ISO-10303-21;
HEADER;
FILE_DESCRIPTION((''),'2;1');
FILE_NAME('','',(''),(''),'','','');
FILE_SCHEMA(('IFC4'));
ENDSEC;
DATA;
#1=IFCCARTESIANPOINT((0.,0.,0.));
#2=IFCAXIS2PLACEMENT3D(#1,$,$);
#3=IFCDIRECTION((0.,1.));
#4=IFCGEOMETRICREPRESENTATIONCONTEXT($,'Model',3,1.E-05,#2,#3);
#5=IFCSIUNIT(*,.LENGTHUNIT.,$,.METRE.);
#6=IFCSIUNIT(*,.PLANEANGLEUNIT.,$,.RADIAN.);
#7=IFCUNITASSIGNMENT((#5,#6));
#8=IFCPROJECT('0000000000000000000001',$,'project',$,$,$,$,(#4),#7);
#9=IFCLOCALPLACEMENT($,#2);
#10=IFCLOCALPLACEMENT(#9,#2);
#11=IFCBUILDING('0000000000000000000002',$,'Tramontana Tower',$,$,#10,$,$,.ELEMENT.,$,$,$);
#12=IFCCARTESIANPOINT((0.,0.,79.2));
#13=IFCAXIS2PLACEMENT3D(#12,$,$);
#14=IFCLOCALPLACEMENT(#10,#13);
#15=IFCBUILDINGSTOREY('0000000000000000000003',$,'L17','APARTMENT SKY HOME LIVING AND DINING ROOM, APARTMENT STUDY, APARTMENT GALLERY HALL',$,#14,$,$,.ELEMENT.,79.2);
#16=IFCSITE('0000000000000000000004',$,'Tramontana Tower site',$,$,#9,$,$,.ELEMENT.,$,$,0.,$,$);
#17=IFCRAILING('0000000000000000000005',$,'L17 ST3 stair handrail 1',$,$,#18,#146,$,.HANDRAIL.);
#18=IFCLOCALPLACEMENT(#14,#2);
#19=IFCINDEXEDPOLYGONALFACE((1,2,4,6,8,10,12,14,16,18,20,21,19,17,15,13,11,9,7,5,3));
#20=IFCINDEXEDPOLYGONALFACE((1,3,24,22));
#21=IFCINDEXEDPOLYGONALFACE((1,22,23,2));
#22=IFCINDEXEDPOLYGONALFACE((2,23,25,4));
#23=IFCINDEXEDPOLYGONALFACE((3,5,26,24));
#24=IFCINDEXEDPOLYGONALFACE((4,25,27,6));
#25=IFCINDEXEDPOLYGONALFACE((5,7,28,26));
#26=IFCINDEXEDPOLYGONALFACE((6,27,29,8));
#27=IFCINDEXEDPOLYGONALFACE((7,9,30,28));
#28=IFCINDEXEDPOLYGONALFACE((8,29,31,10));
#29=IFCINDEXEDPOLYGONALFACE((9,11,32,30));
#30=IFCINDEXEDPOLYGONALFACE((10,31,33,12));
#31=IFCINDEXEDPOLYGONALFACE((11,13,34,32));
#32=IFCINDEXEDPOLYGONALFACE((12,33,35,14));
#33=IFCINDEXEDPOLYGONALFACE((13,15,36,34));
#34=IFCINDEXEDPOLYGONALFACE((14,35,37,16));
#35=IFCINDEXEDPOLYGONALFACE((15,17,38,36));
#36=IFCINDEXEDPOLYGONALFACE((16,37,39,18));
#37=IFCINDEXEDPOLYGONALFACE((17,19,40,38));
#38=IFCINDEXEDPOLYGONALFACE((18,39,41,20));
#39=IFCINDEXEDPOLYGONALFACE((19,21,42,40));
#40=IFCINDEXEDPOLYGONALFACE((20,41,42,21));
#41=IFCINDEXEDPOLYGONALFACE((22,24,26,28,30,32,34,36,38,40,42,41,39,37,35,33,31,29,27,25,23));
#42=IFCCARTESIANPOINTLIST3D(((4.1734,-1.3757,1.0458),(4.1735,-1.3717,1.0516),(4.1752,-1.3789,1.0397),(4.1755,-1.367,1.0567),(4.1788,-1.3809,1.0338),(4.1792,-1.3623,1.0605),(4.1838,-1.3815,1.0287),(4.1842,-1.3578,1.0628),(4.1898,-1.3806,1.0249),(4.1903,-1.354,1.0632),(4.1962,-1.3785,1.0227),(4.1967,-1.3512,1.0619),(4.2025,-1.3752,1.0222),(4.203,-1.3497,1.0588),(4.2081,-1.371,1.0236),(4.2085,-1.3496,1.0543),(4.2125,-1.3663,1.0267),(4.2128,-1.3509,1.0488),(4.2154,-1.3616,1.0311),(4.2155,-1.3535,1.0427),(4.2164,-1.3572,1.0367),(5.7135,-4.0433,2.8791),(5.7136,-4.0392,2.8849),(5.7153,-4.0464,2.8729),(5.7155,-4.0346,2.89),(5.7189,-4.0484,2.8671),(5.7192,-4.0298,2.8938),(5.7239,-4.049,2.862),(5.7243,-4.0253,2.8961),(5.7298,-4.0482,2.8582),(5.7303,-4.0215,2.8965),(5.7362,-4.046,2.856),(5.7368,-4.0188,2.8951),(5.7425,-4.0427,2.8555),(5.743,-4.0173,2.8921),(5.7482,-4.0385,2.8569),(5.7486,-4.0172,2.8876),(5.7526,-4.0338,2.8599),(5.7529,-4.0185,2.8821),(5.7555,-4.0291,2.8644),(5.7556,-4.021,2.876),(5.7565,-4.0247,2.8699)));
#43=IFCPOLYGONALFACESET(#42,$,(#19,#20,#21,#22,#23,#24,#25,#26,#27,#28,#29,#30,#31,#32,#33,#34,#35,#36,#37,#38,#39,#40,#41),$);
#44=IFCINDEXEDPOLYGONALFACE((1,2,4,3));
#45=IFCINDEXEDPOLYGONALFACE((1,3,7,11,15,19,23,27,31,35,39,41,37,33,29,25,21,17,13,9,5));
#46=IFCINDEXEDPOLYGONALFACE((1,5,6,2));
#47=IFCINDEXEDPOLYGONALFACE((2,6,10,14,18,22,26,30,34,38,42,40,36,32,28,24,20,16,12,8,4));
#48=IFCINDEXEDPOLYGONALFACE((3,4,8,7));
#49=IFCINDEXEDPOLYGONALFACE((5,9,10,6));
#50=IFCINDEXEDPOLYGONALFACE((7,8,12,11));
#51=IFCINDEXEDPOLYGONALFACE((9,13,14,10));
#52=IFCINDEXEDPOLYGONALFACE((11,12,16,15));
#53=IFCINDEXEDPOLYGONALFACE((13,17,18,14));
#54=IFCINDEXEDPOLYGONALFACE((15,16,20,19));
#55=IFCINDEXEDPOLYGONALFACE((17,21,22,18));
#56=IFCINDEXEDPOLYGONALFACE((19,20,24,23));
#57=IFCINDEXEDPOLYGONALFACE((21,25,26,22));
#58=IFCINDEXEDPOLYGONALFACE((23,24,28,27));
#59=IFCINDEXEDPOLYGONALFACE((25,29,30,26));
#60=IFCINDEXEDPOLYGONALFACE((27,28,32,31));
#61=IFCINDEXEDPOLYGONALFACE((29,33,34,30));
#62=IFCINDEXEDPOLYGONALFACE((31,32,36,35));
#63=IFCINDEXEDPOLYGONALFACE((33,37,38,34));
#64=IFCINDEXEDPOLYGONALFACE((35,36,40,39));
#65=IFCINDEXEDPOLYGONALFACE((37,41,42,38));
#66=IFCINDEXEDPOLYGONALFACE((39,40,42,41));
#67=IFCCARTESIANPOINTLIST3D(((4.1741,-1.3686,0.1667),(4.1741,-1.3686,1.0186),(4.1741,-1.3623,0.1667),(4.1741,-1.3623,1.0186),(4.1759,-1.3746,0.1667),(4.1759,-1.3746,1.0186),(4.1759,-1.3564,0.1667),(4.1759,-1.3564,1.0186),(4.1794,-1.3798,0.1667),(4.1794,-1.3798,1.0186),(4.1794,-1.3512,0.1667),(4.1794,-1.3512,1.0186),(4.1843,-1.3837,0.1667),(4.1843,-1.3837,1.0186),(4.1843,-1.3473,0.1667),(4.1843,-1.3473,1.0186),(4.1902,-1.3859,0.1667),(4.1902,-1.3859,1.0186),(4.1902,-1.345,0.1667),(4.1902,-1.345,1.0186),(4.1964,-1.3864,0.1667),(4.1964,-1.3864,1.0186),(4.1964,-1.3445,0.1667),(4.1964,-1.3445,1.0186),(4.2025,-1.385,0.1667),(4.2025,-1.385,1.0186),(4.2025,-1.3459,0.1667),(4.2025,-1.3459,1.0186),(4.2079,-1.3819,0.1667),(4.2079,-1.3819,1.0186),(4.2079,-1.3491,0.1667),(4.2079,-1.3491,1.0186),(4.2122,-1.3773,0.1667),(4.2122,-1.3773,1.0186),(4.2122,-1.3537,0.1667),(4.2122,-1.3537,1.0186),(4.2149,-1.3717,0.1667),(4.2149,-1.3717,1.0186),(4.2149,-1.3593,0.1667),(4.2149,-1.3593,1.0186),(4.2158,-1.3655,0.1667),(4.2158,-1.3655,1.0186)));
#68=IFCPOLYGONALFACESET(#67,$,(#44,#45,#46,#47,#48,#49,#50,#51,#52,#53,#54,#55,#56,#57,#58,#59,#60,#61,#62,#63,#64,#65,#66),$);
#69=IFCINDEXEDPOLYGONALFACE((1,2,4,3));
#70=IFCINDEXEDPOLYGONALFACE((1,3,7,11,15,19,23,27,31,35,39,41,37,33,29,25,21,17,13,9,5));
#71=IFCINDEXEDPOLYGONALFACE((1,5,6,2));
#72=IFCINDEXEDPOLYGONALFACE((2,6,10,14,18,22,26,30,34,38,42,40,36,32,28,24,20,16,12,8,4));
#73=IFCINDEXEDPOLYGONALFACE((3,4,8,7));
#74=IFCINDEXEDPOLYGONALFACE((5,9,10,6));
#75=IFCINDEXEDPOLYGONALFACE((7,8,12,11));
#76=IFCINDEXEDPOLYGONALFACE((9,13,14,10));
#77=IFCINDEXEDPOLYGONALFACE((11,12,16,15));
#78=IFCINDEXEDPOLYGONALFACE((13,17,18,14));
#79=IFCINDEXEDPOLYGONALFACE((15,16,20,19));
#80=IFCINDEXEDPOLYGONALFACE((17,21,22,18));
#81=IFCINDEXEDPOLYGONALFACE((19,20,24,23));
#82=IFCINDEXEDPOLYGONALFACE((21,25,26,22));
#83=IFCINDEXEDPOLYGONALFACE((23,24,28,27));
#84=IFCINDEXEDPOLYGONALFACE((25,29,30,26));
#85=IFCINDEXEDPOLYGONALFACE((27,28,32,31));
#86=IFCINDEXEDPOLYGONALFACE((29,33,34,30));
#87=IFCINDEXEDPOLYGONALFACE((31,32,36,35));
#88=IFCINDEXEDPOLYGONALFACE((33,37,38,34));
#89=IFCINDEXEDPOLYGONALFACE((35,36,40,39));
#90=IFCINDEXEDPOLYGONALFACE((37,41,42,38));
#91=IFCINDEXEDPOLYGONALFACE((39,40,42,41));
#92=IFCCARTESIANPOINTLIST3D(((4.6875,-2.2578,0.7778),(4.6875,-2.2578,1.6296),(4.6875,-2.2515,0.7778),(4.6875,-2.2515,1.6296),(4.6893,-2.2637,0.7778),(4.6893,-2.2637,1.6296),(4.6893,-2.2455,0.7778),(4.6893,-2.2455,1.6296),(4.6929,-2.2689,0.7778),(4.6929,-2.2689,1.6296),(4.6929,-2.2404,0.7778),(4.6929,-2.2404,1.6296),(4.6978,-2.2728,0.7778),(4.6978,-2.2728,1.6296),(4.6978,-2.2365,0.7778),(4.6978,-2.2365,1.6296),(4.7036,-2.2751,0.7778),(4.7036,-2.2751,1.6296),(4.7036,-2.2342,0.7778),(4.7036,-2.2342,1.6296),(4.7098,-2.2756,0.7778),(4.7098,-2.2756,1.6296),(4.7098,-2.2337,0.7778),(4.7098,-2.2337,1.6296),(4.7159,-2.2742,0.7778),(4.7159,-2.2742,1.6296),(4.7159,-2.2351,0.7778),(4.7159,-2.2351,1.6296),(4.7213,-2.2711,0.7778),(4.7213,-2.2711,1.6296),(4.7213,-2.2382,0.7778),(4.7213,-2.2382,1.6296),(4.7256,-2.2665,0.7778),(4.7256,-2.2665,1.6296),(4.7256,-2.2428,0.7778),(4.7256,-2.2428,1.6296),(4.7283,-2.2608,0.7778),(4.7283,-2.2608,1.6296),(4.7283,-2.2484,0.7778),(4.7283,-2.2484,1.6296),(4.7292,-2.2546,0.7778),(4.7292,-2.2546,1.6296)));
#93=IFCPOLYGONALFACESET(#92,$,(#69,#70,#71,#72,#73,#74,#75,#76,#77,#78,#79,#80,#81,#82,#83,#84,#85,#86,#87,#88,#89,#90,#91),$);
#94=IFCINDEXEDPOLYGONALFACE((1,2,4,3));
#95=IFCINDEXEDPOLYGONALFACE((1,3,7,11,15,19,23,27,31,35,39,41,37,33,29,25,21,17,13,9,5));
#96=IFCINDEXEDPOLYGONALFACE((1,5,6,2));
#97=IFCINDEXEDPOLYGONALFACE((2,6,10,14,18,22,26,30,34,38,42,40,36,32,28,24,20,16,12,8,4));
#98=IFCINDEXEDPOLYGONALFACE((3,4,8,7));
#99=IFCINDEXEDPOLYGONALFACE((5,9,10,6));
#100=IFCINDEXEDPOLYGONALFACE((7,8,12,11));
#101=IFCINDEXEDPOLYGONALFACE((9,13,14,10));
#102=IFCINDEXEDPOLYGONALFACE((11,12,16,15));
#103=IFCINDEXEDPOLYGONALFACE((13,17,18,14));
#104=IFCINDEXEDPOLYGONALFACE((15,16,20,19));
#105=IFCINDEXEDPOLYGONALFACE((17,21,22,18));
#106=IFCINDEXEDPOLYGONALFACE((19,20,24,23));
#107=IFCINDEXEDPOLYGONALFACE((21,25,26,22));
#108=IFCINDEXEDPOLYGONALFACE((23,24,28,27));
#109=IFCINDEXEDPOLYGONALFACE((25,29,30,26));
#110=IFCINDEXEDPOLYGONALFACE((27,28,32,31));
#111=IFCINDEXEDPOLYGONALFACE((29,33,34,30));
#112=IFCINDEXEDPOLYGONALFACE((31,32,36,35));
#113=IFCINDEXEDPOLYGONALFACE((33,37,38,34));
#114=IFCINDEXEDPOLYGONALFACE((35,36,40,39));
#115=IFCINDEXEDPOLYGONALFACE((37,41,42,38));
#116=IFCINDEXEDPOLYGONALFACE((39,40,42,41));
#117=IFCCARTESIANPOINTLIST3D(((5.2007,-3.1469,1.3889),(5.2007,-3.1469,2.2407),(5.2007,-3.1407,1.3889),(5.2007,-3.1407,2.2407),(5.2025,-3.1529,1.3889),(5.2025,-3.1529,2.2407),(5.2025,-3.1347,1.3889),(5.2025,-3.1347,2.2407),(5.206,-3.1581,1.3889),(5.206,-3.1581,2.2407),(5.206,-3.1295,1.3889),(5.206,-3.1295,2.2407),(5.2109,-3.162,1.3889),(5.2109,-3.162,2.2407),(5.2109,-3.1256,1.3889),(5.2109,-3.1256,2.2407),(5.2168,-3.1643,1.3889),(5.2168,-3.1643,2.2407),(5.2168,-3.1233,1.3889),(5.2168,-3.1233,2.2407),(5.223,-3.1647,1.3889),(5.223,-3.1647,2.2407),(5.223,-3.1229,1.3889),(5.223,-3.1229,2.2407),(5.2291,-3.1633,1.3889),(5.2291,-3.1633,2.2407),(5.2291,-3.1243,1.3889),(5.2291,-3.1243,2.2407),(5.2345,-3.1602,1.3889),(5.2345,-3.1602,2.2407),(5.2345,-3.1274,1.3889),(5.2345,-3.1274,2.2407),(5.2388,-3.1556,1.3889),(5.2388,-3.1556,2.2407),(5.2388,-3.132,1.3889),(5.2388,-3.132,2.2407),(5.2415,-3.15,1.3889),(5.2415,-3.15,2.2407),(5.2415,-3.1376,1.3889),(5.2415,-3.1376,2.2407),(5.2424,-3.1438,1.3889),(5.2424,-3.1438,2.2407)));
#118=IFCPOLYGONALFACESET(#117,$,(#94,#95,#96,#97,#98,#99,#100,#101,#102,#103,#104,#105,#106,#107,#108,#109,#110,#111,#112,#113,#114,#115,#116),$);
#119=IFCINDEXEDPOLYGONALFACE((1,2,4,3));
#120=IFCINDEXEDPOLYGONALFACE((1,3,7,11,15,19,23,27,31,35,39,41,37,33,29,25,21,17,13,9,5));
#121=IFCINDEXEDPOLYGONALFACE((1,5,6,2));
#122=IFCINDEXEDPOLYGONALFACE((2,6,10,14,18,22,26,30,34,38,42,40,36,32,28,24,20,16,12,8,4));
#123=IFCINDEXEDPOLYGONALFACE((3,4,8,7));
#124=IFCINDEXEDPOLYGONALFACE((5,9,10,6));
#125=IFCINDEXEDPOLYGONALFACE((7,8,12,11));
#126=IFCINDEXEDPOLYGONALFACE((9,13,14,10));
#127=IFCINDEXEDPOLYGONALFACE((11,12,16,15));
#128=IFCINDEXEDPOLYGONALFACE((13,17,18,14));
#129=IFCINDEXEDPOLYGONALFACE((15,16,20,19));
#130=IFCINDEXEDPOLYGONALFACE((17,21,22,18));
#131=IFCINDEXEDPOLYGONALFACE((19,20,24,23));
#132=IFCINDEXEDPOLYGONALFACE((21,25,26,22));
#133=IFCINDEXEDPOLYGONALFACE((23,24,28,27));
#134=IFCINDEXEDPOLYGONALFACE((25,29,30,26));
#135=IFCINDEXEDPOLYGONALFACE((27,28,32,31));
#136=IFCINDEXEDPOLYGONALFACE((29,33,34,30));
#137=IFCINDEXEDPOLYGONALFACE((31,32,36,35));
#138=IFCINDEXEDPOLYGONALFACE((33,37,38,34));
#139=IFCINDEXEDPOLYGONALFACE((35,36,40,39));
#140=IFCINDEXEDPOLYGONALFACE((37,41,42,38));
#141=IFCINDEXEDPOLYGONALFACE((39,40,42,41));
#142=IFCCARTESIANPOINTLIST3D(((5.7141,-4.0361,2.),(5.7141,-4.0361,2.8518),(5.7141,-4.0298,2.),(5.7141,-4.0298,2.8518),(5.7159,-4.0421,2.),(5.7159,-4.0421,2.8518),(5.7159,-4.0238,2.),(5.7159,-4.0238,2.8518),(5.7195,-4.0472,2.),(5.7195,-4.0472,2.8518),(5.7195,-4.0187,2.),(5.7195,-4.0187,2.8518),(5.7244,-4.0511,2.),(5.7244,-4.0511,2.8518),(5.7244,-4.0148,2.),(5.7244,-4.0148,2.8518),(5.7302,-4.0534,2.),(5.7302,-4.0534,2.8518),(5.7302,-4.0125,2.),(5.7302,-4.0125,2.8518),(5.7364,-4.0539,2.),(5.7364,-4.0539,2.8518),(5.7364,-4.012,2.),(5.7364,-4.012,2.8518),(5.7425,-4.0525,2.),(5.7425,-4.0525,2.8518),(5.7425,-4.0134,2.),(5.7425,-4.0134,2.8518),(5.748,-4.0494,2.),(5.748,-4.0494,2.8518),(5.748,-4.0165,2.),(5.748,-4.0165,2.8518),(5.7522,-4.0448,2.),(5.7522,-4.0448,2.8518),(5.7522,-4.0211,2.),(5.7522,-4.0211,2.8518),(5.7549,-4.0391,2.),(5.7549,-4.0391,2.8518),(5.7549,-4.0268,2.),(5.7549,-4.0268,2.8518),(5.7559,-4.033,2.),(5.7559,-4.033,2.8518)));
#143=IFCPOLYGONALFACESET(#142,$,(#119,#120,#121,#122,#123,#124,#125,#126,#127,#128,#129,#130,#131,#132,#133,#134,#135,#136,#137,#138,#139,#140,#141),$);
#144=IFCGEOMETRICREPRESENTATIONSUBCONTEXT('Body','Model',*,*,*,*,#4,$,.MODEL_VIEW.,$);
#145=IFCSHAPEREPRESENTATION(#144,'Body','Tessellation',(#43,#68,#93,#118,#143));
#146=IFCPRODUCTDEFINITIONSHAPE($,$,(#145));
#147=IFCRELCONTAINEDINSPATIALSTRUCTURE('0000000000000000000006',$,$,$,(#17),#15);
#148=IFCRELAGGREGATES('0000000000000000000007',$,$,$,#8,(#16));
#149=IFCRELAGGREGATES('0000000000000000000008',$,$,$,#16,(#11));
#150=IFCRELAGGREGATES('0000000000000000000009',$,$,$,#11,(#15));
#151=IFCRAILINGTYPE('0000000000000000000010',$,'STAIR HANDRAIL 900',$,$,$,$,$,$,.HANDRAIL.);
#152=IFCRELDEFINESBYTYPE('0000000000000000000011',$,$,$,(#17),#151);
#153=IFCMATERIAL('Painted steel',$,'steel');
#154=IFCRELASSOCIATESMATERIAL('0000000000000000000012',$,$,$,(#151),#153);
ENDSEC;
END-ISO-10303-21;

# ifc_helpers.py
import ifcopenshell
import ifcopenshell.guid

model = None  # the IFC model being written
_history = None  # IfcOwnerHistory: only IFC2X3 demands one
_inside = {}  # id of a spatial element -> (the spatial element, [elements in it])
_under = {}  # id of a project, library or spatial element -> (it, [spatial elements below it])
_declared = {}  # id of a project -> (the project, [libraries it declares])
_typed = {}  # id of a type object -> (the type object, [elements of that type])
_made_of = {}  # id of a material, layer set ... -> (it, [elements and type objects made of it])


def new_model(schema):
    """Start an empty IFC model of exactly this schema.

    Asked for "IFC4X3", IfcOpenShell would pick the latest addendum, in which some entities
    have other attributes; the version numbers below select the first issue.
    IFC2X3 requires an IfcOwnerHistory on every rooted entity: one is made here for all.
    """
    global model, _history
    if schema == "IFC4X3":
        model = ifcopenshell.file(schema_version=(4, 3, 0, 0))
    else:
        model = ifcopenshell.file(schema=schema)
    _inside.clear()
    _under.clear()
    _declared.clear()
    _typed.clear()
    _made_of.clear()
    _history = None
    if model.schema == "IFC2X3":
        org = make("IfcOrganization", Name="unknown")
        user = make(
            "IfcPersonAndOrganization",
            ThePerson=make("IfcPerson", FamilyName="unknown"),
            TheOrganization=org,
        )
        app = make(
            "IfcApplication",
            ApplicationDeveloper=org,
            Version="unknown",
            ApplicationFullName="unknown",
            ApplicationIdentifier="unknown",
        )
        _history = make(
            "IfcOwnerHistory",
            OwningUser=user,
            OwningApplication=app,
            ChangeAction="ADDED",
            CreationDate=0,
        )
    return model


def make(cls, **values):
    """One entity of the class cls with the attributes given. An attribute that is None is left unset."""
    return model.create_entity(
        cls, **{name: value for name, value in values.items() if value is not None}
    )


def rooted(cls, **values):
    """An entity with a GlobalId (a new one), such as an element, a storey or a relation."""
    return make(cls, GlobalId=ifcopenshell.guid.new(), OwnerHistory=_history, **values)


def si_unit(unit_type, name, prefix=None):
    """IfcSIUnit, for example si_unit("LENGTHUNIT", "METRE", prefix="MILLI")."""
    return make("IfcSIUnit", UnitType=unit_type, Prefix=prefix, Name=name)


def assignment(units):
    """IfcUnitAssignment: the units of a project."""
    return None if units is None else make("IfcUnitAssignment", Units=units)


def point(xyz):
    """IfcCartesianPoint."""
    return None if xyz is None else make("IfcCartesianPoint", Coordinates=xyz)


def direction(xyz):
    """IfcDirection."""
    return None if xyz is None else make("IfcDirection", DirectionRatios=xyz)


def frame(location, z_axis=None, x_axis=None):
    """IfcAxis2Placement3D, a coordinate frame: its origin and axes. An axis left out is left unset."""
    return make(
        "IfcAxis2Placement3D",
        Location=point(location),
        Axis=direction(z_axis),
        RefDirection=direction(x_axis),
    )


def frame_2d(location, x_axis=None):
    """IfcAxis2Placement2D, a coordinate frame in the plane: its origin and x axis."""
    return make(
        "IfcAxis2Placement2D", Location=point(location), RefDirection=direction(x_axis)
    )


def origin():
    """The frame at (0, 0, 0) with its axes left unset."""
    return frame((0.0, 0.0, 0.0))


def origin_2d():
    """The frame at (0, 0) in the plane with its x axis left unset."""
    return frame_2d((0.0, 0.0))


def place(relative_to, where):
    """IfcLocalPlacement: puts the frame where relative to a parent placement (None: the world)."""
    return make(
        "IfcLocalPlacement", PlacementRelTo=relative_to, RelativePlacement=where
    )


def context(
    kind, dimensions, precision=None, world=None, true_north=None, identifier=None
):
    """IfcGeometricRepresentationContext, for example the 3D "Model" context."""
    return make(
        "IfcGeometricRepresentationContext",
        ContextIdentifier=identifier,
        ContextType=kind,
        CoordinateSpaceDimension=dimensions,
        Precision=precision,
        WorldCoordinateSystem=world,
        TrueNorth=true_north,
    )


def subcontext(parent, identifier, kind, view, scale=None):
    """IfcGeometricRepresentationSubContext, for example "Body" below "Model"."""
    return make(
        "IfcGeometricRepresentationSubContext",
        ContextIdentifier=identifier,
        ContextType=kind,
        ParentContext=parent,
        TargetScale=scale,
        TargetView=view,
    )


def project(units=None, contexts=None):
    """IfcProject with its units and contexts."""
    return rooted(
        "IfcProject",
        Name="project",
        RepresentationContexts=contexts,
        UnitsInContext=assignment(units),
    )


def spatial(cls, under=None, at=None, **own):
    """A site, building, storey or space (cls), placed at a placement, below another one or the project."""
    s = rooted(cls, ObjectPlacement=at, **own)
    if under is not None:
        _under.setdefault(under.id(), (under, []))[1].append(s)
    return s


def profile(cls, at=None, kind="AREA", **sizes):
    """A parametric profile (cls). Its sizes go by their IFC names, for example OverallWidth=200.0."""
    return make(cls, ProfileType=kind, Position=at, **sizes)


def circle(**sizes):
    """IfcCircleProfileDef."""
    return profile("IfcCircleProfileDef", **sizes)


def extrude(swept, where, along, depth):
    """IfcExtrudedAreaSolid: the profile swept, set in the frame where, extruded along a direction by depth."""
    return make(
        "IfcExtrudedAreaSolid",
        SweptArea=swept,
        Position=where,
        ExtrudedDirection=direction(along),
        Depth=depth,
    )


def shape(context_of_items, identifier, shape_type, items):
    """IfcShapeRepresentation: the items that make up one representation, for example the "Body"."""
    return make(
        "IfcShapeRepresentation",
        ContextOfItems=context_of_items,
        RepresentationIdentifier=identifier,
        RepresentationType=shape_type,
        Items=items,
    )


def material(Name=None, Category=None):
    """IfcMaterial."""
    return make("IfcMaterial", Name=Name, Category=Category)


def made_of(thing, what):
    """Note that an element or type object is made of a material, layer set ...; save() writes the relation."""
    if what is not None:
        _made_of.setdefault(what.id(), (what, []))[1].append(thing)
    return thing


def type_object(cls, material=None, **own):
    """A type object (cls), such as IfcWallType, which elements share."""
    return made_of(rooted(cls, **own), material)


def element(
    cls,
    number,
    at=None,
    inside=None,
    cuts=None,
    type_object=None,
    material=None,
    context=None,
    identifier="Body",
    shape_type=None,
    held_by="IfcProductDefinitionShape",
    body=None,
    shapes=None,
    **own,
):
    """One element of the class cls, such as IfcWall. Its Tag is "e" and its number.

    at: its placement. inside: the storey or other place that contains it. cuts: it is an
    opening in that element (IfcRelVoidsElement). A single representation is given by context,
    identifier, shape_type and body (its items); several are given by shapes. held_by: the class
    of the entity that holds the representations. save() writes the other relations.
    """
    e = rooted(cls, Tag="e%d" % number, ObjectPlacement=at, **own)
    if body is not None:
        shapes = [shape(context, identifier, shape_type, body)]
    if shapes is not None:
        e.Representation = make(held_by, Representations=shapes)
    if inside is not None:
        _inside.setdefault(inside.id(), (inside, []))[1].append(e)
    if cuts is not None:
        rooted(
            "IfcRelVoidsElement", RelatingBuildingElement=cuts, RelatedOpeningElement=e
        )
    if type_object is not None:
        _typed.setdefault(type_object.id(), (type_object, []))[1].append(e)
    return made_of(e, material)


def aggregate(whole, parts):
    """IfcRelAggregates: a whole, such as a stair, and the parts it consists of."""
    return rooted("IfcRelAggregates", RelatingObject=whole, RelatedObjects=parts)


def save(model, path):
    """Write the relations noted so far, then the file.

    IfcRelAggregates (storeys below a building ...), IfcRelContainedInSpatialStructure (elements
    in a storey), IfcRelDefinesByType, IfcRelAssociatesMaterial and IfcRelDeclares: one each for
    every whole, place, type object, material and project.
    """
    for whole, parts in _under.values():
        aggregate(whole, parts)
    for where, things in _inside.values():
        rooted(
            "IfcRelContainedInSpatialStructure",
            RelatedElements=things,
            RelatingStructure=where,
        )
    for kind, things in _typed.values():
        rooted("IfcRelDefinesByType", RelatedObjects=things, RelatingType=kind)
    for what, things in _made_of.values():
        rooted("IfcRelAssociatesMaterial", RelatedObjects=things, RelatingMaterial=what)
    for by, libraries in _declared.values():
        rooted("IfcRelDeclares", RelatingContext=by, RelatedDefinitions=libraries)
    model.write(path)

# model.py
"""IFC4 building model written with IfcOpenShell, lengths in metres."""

from ifc_helpers import new_model, si_unit, direction, frame, origin, origin_2d, place, context, subcontext, project, spatial, circle, extrude, material, type_object, element, save


model = new_model("IFC4")

# Units and contexts
model_context = context("Model", 3, precision=1e-05, world=origin(), true_north=direction((0.0, 1.0)))
body_context = subcontext(model_context, "Body", "Model", "MODEL_VIEW")
ifc_project = project(units=[si_unit("LENGTHUNIT", "METRE"), si_unit("PLANEANGLEUNIT", "RADIAN")], contexts=[model_context])

# Site, building, storey
site_placement = place(None, origin())
site = spatial("IfcSite", under=ifc_project, at=site_placement, Name="Tramontana Tower site", CompositionType="ELEMENT", RefElevation=0.0)
building_placement = place(site_placement, origin())
building = spatial("IfcBuilding", under=site, at=building_placement, Name="Tramontana Tower", CompositionType="ELEMENT")
storey_placement = place(building_placement, frame((0.0, 0.0, 79.2)))
storey = spatial("IfcBuildingStorey", under=building, at=storey_placement, Name="L17", Description="APARTMENT SKY HOME LIVING AND DINING ROOM, APARTMENT STUDY, APARTMENT GALLERY HALL", CompositionType="ELEMENT", Elevation=79.2)

# Railing
ifc_material_1 = material(Name="Painted steel", Category="steel")
railing_type_1 = type_object("IfcRailingType", Name="STAIR HANDRAIL 900", PredefinedType="HANDRAIL", material=ifc_material_1)
railing_1_placement = place(storey_placement, frame((4.1948, -1.3655, 0.1667)))
element("IfcRailing", 1, at=railing_1_placement, inside=storey, type_object=railing_type_1, Name="L17 ST3 stair handrail 1", PredefinedType="HANDRAIL", context=body_context, shape_type="SweptSolid", body=[
    extrude(circle(Radius=0.0239, at=origin_2d()), frame((0.0, 0.0, 0.876), z_axis=(0.429649, -0.74419, 0.511452), x_axis=(0.86603, 0.499992, 0.0)), (0.0, 0.0, 1.0), 3.5845),
    extrude(circle(Radius=0.021, at=origin_2d()), origin(), (0.0, 0.0, 1.0), 0.8518),
    extrude(circle(Radius=0.021, at=origin_2d()), frame((0.5134, -0.8892, 0.6111)), (0.0, 0.0, 1.0), 0.8518),
    extrude(circle(Radius=0.021, at=origin_2d()), frame((1.0266, -1.7783, 1.2222)), (0.0, 0.0, 1.0), 0.8518),
    extrude(circle(Radius=0.021, at=origin_2d()), frame((1.54, -2.6675, 1.8333)), (0.0, 0.0, 1.0), 0.8518),
])

save(model, "model.ifc")
